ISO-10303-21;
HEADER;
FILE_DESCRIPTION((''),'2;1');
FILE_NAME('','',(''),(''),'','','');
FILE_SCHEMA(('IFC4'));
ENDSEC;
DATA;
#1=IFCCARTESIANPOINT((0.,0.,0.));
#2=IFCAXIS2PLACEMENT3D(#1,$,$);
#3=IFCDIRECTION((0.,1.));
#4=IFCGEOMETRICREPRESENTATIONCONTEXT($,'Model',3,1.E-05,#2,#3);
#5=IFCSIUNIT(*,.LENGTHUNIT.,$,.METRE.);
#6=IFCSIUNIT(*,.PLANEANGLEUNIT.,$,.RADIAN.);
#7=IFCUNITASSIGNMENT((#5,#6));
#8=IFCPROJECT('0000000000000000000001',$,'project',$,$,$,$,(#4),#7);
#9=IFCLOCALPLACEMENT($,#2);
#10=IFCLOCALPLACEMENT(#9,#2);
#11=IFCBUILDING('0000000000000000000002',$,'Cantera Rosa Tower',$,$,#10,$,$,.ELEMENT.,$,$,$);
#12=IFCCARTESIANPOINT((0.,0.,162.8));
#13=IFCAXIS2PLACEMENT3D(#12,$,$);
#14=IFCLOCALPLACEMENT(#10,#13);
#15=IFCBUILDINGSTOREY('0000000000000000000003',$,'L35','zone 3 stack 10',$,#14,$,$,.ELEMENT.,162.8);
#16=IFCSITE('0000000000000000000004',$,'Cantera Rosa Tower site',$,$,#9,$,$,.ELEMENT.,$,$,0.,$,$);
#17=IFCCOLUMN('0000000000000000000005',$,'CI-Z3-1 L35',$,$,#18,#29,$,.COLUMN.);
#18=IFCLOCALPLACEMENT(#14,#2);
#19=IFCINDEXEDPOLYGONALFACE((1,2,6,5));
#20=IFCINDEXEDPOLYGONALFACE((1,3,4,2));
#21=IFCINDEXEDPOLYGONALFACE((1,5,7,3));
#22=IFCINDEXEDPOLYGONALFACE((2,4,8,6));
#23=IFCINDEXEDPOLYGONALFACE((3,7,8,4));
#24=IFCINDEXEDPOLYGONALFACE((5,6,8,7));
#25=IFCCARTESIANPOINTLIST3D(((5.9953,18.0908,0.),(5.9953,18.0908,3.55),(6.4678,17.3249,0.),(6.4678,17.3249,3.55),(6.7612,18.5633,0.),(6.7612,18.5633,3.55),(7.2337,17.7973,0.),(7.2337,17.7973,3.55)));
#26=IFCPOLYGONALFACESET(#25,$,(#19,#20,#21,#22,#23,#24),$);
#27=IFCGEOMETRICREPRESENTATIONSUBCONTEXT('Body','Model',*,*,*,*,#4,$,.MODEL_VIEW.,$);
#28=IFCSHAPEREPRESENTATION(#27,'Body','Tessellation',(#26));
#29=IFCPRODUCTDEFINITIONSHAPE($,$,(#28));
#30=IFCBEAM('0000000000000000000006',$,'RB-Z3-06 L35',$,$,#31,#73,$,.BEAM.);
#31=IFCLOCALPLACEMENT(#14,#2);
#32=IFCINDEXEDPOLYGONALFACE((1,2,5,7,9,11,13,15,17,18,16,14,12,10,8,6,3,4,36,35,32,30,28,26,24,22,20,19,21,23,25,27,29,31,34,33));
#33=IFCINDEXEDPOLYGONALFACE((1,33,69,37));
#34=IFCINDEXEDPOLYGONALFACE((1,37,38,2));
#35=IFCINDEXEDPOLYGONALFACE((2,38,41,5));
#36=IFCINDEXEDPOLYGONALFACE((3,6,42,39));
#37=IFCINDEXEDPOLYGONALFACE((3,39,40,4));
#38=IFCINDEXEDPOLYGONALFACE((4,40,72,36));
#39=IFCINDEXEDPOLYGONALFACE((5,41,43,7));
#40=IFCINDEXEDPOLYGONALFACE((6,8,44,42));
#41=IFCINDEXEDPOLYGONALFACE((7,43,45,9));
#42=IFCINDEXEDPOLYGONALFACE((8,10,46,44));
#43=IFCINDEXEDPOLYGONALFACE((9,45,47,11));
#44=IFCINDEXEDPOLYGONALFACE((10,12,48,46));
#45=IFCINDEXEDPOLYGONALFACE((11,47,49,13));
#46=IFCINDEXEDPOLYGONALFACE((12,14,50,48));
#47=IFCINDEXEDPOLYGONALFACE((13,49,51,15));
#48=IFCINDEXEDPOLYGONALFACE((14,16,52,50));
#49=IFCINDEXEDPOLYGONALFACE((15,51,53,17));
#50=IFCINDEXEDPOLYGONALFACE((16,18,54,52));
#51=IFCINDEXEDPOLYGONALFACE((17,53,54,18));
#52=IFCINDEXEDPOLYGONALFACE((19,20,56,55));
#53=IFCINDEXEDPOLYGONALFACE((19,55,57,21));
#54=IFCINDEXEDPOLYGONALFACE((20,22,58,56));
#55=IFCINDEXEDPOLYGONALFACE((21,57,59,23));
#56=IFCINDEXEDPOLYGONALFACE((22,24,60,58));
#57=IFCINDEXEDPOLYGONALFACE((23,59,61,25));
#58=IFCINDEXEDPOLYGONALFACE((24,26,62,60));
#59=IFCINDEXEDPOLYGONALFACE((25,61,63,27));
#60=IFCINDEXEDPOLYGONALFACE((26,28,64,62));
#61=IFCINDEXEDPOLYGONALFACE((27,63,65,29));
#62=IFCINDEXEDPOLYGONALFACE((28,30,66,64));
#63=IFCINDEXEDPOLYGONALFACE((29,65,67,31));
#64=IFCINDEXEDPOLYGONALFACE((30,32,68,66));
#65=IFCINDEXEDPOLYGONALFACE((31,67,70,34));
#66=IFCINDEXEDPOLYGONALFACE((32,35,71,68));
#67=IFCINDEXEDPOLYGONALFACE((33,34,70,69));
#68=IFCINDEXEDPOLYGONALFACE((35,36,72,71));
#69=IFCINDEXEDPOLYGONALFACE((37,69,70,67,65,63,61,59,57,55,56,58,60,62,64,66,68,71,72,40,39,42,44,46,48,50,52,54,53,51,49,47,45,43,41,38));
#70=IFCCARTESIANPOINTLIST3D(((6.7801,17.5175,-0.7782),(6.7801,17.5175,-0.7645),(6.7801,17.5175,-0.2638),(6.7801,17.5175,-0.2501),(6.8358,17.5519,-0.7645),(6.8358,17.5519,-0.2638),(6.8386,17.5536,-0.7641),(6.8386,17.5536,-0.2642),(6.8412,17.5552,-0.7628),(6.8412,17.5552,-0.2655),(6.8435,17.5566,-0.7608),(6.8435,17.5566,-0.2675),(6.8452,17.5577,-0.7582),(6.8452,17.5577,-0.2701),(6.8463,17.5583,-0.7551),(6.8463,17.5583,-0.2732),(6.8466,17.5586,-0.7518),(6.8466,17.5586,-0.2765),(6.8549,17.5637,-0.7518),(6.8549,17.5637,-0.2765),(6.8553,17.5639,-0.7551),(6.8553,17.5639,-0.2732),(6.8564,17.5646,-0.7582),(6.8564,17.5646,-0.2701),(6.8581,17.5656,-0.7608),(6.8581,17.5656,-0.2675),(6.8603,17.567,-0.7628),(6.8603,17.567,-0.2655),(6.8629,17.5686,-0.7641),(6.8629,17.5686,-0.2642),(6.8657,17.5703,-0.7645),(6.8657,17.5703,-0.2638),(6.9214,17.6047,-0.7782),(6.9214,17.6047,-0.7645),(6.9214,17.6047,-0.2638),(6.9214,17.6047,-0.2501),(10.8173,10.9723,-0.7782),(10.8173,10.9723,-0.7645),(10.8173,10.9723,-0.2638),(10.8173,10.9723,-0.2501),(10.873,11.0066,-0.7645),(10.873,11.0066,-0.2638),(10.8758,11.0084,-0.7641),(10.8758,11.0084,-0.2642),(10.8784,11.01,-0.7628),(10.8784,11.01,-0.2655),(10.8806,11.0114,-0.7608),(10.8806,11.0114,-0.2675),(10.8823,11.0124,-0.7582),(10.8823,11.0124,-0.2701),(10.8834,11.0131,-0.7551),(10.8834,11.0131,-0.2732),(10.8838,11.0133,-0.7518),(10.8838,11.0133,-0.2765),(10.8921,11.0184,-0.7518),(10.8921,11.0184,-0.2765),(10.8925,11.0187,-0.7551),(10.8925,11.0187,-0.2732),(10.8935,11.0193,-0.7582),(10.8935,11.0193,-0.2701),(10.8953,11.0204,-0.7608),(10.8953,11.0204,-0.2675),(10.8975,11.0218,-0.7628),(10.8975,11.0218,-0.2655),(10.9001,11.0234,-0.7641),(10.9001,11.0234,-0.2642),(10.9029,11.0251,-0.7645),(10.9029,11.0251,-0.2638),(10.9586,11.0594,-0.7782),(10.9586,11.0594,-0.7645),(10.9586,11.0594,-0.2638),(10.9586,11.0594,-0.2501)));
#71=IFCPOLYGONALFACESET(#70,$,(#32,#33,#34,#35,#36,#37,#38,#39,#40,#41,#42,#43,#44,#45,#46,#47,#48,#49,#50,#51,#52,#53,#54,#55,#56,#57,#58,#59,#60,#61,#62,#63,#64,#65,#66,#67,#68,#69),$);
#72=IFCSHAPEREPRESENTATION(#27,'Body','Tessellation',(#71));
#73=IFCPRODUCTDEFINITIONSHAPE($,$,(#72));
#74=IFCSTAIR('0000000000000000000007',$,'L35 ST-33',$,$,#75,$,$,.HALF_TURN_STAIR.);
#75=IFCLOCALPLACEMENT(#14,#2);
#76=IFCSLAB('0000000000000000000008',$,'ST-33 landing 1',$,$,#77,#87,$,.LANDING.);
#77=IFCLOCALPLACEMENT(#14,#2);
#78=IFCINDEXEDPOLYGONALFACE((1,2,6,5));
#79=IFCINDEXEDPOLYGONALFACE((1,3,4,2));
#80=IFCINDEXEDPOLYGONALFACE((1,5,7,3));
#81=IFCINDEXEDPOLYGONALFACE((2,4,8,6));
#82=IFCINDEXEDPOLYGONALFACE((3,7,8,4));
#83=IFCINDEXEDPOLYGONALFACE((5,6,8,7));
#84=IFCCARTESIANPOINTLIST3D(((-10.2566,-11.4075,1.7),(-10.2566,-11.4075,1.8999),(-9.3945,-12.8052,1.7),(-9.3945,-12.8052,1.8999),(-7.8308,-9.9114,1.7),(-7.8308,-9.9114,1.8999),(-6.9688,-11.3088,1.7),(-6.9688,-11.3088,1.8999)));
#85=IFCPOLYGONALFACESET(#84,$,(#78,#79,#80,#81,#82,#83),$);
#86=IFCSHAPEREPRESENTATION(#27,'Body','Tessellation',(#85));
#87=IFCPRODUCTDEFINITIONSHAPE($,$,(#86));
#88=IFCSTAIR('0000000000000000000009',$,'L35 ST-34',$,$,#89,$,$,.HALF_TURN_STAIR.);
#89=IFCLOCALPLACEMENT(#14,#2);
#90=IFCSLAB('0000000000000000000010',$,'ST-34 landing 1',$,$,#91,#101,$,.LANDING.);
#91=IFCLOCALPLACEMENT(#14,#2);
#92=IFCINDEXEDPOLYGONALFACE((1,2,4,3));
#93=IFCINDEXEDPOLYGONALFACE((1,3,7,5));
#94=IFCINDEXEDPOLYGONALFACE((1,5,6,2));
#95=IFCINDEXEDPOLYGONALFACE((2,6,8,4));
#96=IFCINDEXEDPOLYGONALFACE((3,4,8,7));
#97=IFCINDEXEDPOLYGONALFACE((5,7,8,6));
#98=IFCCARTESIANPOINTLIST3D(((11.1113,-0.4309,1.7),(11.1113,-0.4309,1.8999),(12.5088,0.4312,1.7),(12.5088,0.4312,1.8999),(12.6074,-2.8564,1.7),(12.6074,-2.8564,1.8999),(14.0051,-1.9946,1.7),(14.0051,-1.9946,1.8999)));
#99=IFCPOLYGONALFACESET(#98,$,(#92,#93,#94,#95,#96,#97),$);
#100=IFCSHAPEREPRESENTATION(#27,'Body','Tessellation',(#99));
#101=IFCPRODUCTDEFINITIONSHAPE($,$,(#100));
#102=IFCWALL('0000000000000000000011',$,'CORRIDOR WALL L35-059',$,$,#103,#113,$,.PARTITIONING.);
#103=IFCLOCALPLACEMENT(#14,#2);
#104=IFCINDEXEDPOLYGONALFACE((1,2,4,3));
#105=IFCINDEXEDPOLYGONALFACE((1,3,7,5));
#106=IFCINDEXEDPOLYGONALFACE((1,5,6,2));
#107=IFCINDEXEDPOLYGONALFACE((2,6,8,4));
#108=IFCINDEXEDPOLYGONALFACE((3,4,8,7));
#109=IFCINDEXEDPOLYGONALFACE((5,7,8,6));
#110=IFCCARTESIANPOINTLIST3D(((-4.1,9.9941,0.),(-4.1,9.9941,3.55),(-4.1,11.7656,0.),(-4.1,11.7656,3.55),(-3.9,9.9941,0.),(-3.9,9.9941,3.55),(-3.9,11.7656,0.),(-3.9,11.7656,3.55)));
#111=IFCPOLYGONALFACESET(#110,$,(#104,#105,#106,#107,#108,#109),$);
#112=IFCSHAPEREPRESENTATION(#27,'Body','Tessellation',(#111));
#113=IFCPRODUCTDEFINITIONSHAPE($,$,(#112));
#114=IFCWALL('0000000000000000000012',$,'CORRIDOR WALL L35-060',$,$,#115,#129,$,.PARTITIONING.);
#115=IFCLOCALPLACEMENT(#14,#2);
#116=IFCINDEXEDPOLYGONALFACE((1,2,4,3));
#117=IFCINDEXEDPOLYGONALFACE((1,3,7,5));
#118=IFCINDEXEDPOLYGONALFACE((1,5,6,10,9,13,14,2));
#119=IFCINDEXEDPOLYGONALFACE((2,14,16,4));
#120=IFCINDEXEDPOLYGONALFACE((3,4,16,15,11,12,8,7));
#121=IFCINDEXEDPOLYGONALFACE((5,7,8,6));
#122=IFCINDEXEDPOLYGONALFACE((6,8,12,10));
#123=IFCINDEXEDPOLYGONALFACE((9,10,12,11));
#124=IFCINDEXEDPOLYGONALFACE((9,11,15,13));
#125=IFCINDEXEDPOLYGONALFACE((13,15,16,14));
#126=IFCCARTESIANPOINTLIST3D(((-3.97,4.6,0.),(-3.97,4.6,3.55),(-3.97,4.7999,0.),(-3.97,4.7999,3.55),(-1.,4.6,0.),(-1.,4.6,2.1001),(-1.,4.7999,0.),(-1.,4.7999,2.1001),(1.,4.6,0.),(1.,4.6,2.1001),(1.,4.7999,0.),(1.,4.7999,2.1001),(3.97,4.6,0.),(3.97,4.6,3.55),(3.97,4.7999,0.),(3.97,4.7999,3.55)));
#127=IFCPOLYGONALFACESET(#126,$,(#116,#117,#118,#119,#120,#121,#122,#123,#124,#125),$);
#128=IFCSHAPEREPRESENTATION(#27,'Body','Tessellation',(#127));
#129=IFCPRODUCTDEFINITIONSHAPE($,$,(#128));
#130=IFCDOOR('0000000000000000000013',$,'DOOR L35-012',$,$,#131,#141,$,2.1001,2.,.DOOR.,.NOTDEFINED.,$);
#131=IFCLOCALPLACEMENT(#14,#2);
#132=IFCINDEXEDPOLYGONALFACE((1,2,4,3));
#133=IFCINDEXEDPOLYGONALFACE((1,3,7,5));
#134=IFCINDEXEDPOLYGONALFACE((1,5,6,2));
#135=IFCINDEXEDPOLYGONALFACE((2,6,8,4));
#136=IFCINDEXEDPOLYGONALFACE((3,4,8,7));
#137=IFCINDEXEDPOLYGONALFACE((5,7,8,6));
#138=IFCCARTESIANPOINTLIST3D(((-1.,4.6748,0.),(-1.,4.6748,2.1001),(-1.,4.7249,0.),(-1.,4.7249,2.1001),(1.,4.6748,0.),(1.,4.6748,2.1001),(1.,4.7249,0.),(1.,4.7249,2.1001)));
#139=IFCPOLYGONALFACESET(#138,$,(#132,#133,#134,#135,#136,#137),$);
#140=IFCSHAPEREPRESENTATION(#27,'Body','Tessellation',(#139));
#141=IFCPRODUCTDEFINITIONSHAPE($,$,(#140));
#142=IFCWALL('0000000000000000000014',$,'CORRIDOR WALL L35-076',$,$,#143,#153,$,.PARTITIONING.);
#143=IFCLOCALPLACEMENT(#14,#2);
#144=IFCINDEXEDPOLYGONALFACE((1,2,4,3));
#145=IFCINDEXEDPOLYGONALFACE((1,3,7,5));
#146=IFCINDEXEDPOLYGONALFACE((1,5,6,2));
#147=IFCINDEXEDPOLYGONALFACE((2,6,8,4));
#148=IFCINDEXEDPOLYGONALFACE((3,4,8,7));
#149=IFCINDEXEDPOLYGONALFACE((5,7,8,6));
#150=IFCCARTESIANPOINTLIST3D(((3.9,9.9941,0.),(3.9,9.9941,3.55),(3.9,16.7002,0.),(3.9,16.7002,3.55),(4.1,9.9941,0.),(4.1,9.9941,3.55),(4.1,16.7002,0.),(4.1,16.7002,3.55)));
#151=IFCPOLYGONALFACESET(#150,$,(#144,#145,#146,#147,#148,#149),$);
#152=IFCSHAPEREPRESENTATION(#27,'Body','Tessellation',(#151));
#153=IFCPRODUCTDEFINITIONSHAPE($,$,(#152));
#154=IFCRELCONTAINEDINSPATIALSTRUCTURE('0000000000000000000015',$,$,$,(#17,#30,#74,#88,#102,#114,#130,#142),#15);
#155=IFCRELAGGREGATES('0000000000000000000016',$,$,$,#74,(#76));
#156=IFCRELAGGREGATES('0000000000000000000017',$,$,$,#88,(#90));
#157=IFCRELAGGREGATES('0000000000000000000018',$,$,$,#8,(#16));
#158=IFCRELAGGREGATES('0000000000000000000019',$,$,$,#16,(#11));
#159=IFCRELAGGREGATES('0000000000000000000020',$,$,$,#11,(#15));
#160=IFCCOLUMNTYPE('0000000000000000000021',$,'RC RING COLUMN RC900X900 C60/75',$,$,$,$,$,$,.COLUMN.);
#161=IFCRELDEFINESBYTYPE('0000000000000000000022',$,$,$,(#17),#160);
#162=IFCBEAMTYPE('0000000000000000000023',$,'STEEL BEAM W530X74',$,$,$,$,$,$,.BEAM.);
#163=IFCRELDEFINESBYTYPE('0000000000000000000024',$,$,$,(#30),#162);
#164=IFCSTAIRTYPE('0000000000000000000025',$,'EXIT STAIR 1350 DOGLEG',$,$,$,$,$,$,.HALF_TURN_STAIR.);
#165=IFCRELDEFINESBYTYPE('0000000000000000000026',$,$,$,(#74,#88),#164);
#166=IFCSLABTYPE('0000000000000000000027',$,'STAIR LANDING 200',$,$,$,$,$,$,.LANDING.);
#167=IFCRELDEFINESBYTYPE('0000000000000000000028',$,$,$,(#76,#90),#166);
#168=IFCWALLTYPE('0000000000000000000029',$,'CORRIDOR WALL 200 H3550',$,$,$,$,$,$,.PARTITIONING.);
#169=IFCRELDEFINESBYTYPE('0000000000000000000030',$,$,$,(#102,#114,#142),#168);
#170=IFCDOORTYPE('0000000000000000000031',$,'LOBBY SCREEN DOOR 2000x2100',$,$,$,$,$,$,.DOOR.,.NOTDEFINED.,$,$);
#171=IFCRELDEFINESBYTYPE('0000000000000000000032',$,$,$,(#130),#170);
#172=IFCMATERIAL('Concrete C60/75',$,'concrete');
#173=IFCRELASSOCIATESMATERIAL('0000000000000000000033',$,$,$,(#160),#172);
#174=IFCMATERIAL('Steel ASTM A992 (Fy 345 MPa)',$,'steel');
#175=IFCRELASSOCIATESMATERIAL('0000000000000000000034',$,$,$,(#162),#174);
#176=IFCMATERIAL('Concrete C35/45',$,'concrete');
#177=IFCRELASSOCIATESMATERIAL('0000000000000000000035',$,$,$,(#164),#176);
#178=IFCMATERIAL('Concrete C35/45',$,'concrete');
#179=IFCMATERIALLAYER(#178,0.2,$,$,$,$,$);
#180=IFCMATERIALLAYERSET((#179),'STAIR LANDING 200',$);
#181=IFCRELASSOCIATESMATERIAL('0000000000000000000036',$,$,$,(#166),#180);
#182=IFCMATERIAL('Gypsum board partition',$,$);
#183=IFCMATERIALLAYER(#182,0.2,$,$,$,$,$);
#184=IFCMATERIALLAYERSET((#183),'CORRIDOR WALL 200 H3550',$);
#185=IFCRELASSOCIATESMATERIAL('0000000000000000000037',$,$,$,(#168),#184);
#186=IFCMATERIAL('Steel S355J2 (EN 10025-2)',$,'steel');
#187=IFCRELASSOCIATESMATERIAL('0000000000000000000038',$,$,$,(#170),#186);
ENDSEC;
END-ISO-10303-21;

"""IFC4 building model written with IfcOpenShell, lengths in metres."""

from ifc_helpers import new_model, si_unit, direction, frame, frame_2d, origin, origin_2d, place, context, subcontext, project, spatial, polyline, rectangle, i_section, outline, extrude, material, layer, layer_set, material_profile, profile_set, type_object, element, fill, aggregate, save


model = new_model("IFC4")

# Units and contexts
model_context = context("Model", 3, precision=1e-05, world=origin(), true_north=direction((0.0, 1.0)))
body_context = subcontext(model_context, "Body", "Model", "MODEL_VIEW")
ifc_project = project(units=[si_unit("LENGTHUNIT", "METRE"), si_unit("PLANEANGLEUNIT", "RADIAN")], contexts=[model_context])

# Site, building, storey
site_placement = place(None, origin())
site = spatial("IfcSite", under=ifc_project, at=site_placement, Name="Cantera Rosa Tower site", CompositionType="ELEMENT", RefElevation=0.0)
building_placement = place(site_placement, origin())
building = spatial("IfcBuilding", under=site, at=building_placement, Name="Cantera Rosa Tower", CompositionType="ELEMENT")
storey_placement = place(building_placement, frame((0.0, 0.0, 162.8)))
storey = spatial("IfcBuildingStorey", under=building, at=storey_placement, Name="L35", Description="zone 3 stack 10", CompositionType="ELEMENT", Elevation=162.8)

# Column
ifc_material_1 = material(Name="Concrete C60/75", Category="concrete")
ifc_material_profile_1 = material_profile(ifc_material_1, rectangle(XDim=0.8999, YDim=0.8999, at=origin_2d()), Name="RC RING COLUMN RC900X900 C60/75")
ifc_profile_set_1 = profile_set([ifc_material_profile_1], Name="Concrete C60/75")
column_type = type_object("IfcColumnType", Name="RC RING COLUMN RC900X900 C60/75", PredefinedType="COLUMN", material=ifc_profile_set_1)
column_placement = place(storey_placement, frame((6.6145, 17.9441, 0.0), z_axis=(0.0, 0.0, 1.0), x_axis=(0.851117, 0.524977, 0.0)))
element("IfcColumn", 1, at=column_placement, inside=storey, type_object=column_type, Name="CI-Z3-1 L35", PredefinedType="COLUMN", context=body_context, shape_type="SweptSolid", body=[
    extrude(rectangle(XDim=0.8999, YDim=0.8999, at=origin_2d()), origin(), (0.0, 0.0, 1.0), 3.55),
])

# Beam
ifc_material_2 = material(Name="Steel ASTM A992 (Fy 345 MPa)", Category="steel")
ifc_material_profile_2 = material_profile(ifc_material_2, i_section(OverallWidth=0.166, OverallDepth=0.5281, WebThickness=0.0098, FlangeThickness=0.0137, FilletRadius=0.0127, at=origin_2d()), Name="W530X74")
ifc_profile_set_2 = profile_set([ifc_material_profile_2], Name="Steel ASTM A992 (Fy 345 MPa)")
beam_type = type_object("IfcBeamType", Name="STEEL BEAM W530X74", PredefinedType="BEAM", material=ifc_profile_set_2)
beam_placement = place(storey_placement, frame((10.8879, 11.0159, -0.5142), z_axis=(-0.524976, 0.851117, 0.0), x_axis=(-0.851117, -0.524976, 0.0)))
element("IfcBeam", 2, at=beam_placement, inside=storey, type_object=beam_type, Name="RB-Z3-06 L35", PredefinedType="BEAM", context=body_context, shape_type="SweptSolid", body=[
    extrude(i_section(OverallWidth=0.166, OverallDepth=0.5281, WebThickness=0.0098, FlangeThickness=0.0137, FilletRadius=0.0127, at=origin_2d()), origin(), (0.0, 0.0, 1.0), 7.6902),
])

# Stairs, slabs
ifc_material_3 = material(Name="Concrete C35/45", Category="concrete")
stair_type = type_object("IfcStairType", Name="EXIT STAIR 1350 DOGLEG", PredefinedType="HALF_TURN_STAIR", material=ifc_material_3)
stair_1_placement = place(storey_placement, origin())
stair_1 = element("IfcStair", 3, at=stair_1_placement, inside=storey, type_object=stair_type, Name="L35 ST-33", PredefinedType="HALF_TURN_STAIR")
ifc_material_4 = material(Name="Concrete C35/45", Category="concrete")
ifc_layer_1 = layer(ifc_material_4, 0.2)
ifc_layer_set_1 = layer_set([ifc_layer_1], Name="STAIR LANDING 200")
slab_type = type_object("IfcSlabType", Name="STAIR LANDING 200", PredefinedType="LANDING", material=ifc_layer_set_1)
slab_1_placement = place(storey_placement, frame((0.0, 0.0, 1.7)))
slab_1 = element("IfcSlab", 4, at=slab_1_placement, type_object=slab_type, Name="ST-33 landing 1", PredefinedType="LANDING", context=body_context, shape_type="SweptSolid", body=[
    extrude(outline(polyline([(-6.9688, -11.3088), (-7.8308, -9.9114), (-10.2566, -11.4075), (-9.3945, -12.8052), (-6.9688, -11.3088)])), origin(), (0.0, 0.0, 1.0), 0.2),
])
aggregate(stair_1, [slab_1])
stair_2_placement = place(storey_placement, origin())
stair_2 = element("IfcStair", 5, at=stair_2_placement, inside=storey, type_object=stair_type, Name="L35 ST-34", PredefinedType="HALF_TURN_STAIR")
slab_2_placement = place(storey_placement, frame((0.0, 0.0, 1.7)))
slab_2 = element("IfcSlab", 6, at=slab_2_placement, type_object=slab_type, Name="ST-34 landing 1", PredefinedType="LANDING", context=body_context, shape_type="SweptSolid", body=[
    extrude(outline(polyline([(12.5088, 0.4312), (11.1113, -0.4309), (12.6074, -2.8564), (14.0051, -1.9946), (12.5088, 0.4312)])), origin(), (0.0, 0.0, 1.0), 0.2),
])
aggregate(stair_2, [slab_2])

# Wall
ifc_material_5 = material(Name="Gypsum board partition")
ifc_layer_2 = layer(ifc_material_5, 0.2)
ifc_layer_set_2 = layer_set([ifc_layer_2], Name="CORRIDOR WALL 200 H3550")
wall_type_1 = type_object("IfcWallType", Name="CORRIDOR WALL 200 H3550", PredefinedType="PARTITIONING", material=ifc_layer_set_2)
wall_1_placement = place(storey_placement, frame((-4.0, 11.7656, 0.0), z_axis=(0.0, 0.0, 1.0), x_axis=(0.0, -1.0, 0.0)))
element("IfcWall", 7, at=wall_1_placement, inside=storey, type_object=wall_type_1, Name="CORRIDOR WALL L35-059", PredefinedType="PARTITIONING", context=body_context, shape_type="SweptSolid", body=[
    extrude(rectangle(XDim=1.7715, YDim=0.2, at=frame_2d((0.8857, 0.0))), origin(), (0.0, 0.0, 1.0), 3.55),
])

# Wall, opening, door
wall_2_placement = place(storey_placement, frame((-3.97, 4.7, 0.0), z_axis=(0.0, 0.0, 1.0), x_axis=(1.0, 0.0, 0.0)))
wall_2 = element("IfcWall", 8, at=wall_2_placement, inside=storey, type_object=wall_type_1, Name="CORRIDOR WALL L35-060", PredefinedType="PARTITIONING", context=body_context, shape_type="SweptSolid", body=[
    extrude(rectangle(XDim=7.9399, YDim=0.2, at=frame_2d((3.97, 0.0))), origin(), (0.0, 0.0, 1.0), 3.55),
])
opening_1_placement = place(wall_2_placement, frame((2.97, 0.0, 0.0)))
opening_1 = element("IfcOpeningElement", 9, at=opening_1_placement, cuts=wall_2, PredefinedType="OPENING", context=body_context, shape_type="SweptSolid", body=[
    extrude(rectangle(XDim=2.0, YDim=2.1001, at=frame_2d((1.0, 1.05))), frame((0.0, 0.1099, 0.0), z_axis=(0.0, -1.0, 0.0), x_axis=(1.0, 0.0, 0.0)), (0.0, 0.0, 1.0), 0.22),
])
ifc_material_6 = material(Name="Steel S355J2 (EN 10025-2)", Category="steel")
door_type_1 = type_object("IfcDoorType", Name="LOBBY SCREEN DOOR 2000x2100", OperationType="NOTDEFINED", PredefinedType="DOOR", material=ifc_material_6)
door_1_placement = place(opening_1_placement, origin())
door_1 = element("IfcDoor", 10, at=door_1_placement, inside=storey, type_object=door_type_1, Name="DOOR L35-012", OperationType="NOTDEFINED", OverallHeight=2.1001, OverallWidth=2.0, PredefinedType="DOOR", context=body_context, shape_type="SweptSolid", body=[
    extrude(rectangle(XDim=2.0, YDim=2.1001, at=frame_2d((1.0, 1.05))), frame((0.0, 0.0249, 0.0), z_axis=(0.0, -1.0, 0.0), x_axis=(1.0, 0.0, 0.0)), (0.0, 0.0, 1.0), 0.05),
])
fill(opening_1, door_1)

# Wall
wall_3_placement = place(storey_placement, frame((4.0, 9.9941, 0.0), z_axis=(0.0, 0.0, 1.0), x_axis=(0.0, 1.0, 0.0)))
element("IfcWall", 11, at=wall_3_placement, inside=storey, type_object=wall_type_1, Name="CORRIDOR WALL L35-076", PredefinedType="PARTITIONING", context=body_context, shape_type="SweptSolid", body=[
    extrude(rectangle(XDim=6.7061, YDim=0.2, at=frame_2d((3.353, 0.0))), origin(), (0.0, 0.0, 1.0), 3.55),
])

save(model, "model.ifc")
